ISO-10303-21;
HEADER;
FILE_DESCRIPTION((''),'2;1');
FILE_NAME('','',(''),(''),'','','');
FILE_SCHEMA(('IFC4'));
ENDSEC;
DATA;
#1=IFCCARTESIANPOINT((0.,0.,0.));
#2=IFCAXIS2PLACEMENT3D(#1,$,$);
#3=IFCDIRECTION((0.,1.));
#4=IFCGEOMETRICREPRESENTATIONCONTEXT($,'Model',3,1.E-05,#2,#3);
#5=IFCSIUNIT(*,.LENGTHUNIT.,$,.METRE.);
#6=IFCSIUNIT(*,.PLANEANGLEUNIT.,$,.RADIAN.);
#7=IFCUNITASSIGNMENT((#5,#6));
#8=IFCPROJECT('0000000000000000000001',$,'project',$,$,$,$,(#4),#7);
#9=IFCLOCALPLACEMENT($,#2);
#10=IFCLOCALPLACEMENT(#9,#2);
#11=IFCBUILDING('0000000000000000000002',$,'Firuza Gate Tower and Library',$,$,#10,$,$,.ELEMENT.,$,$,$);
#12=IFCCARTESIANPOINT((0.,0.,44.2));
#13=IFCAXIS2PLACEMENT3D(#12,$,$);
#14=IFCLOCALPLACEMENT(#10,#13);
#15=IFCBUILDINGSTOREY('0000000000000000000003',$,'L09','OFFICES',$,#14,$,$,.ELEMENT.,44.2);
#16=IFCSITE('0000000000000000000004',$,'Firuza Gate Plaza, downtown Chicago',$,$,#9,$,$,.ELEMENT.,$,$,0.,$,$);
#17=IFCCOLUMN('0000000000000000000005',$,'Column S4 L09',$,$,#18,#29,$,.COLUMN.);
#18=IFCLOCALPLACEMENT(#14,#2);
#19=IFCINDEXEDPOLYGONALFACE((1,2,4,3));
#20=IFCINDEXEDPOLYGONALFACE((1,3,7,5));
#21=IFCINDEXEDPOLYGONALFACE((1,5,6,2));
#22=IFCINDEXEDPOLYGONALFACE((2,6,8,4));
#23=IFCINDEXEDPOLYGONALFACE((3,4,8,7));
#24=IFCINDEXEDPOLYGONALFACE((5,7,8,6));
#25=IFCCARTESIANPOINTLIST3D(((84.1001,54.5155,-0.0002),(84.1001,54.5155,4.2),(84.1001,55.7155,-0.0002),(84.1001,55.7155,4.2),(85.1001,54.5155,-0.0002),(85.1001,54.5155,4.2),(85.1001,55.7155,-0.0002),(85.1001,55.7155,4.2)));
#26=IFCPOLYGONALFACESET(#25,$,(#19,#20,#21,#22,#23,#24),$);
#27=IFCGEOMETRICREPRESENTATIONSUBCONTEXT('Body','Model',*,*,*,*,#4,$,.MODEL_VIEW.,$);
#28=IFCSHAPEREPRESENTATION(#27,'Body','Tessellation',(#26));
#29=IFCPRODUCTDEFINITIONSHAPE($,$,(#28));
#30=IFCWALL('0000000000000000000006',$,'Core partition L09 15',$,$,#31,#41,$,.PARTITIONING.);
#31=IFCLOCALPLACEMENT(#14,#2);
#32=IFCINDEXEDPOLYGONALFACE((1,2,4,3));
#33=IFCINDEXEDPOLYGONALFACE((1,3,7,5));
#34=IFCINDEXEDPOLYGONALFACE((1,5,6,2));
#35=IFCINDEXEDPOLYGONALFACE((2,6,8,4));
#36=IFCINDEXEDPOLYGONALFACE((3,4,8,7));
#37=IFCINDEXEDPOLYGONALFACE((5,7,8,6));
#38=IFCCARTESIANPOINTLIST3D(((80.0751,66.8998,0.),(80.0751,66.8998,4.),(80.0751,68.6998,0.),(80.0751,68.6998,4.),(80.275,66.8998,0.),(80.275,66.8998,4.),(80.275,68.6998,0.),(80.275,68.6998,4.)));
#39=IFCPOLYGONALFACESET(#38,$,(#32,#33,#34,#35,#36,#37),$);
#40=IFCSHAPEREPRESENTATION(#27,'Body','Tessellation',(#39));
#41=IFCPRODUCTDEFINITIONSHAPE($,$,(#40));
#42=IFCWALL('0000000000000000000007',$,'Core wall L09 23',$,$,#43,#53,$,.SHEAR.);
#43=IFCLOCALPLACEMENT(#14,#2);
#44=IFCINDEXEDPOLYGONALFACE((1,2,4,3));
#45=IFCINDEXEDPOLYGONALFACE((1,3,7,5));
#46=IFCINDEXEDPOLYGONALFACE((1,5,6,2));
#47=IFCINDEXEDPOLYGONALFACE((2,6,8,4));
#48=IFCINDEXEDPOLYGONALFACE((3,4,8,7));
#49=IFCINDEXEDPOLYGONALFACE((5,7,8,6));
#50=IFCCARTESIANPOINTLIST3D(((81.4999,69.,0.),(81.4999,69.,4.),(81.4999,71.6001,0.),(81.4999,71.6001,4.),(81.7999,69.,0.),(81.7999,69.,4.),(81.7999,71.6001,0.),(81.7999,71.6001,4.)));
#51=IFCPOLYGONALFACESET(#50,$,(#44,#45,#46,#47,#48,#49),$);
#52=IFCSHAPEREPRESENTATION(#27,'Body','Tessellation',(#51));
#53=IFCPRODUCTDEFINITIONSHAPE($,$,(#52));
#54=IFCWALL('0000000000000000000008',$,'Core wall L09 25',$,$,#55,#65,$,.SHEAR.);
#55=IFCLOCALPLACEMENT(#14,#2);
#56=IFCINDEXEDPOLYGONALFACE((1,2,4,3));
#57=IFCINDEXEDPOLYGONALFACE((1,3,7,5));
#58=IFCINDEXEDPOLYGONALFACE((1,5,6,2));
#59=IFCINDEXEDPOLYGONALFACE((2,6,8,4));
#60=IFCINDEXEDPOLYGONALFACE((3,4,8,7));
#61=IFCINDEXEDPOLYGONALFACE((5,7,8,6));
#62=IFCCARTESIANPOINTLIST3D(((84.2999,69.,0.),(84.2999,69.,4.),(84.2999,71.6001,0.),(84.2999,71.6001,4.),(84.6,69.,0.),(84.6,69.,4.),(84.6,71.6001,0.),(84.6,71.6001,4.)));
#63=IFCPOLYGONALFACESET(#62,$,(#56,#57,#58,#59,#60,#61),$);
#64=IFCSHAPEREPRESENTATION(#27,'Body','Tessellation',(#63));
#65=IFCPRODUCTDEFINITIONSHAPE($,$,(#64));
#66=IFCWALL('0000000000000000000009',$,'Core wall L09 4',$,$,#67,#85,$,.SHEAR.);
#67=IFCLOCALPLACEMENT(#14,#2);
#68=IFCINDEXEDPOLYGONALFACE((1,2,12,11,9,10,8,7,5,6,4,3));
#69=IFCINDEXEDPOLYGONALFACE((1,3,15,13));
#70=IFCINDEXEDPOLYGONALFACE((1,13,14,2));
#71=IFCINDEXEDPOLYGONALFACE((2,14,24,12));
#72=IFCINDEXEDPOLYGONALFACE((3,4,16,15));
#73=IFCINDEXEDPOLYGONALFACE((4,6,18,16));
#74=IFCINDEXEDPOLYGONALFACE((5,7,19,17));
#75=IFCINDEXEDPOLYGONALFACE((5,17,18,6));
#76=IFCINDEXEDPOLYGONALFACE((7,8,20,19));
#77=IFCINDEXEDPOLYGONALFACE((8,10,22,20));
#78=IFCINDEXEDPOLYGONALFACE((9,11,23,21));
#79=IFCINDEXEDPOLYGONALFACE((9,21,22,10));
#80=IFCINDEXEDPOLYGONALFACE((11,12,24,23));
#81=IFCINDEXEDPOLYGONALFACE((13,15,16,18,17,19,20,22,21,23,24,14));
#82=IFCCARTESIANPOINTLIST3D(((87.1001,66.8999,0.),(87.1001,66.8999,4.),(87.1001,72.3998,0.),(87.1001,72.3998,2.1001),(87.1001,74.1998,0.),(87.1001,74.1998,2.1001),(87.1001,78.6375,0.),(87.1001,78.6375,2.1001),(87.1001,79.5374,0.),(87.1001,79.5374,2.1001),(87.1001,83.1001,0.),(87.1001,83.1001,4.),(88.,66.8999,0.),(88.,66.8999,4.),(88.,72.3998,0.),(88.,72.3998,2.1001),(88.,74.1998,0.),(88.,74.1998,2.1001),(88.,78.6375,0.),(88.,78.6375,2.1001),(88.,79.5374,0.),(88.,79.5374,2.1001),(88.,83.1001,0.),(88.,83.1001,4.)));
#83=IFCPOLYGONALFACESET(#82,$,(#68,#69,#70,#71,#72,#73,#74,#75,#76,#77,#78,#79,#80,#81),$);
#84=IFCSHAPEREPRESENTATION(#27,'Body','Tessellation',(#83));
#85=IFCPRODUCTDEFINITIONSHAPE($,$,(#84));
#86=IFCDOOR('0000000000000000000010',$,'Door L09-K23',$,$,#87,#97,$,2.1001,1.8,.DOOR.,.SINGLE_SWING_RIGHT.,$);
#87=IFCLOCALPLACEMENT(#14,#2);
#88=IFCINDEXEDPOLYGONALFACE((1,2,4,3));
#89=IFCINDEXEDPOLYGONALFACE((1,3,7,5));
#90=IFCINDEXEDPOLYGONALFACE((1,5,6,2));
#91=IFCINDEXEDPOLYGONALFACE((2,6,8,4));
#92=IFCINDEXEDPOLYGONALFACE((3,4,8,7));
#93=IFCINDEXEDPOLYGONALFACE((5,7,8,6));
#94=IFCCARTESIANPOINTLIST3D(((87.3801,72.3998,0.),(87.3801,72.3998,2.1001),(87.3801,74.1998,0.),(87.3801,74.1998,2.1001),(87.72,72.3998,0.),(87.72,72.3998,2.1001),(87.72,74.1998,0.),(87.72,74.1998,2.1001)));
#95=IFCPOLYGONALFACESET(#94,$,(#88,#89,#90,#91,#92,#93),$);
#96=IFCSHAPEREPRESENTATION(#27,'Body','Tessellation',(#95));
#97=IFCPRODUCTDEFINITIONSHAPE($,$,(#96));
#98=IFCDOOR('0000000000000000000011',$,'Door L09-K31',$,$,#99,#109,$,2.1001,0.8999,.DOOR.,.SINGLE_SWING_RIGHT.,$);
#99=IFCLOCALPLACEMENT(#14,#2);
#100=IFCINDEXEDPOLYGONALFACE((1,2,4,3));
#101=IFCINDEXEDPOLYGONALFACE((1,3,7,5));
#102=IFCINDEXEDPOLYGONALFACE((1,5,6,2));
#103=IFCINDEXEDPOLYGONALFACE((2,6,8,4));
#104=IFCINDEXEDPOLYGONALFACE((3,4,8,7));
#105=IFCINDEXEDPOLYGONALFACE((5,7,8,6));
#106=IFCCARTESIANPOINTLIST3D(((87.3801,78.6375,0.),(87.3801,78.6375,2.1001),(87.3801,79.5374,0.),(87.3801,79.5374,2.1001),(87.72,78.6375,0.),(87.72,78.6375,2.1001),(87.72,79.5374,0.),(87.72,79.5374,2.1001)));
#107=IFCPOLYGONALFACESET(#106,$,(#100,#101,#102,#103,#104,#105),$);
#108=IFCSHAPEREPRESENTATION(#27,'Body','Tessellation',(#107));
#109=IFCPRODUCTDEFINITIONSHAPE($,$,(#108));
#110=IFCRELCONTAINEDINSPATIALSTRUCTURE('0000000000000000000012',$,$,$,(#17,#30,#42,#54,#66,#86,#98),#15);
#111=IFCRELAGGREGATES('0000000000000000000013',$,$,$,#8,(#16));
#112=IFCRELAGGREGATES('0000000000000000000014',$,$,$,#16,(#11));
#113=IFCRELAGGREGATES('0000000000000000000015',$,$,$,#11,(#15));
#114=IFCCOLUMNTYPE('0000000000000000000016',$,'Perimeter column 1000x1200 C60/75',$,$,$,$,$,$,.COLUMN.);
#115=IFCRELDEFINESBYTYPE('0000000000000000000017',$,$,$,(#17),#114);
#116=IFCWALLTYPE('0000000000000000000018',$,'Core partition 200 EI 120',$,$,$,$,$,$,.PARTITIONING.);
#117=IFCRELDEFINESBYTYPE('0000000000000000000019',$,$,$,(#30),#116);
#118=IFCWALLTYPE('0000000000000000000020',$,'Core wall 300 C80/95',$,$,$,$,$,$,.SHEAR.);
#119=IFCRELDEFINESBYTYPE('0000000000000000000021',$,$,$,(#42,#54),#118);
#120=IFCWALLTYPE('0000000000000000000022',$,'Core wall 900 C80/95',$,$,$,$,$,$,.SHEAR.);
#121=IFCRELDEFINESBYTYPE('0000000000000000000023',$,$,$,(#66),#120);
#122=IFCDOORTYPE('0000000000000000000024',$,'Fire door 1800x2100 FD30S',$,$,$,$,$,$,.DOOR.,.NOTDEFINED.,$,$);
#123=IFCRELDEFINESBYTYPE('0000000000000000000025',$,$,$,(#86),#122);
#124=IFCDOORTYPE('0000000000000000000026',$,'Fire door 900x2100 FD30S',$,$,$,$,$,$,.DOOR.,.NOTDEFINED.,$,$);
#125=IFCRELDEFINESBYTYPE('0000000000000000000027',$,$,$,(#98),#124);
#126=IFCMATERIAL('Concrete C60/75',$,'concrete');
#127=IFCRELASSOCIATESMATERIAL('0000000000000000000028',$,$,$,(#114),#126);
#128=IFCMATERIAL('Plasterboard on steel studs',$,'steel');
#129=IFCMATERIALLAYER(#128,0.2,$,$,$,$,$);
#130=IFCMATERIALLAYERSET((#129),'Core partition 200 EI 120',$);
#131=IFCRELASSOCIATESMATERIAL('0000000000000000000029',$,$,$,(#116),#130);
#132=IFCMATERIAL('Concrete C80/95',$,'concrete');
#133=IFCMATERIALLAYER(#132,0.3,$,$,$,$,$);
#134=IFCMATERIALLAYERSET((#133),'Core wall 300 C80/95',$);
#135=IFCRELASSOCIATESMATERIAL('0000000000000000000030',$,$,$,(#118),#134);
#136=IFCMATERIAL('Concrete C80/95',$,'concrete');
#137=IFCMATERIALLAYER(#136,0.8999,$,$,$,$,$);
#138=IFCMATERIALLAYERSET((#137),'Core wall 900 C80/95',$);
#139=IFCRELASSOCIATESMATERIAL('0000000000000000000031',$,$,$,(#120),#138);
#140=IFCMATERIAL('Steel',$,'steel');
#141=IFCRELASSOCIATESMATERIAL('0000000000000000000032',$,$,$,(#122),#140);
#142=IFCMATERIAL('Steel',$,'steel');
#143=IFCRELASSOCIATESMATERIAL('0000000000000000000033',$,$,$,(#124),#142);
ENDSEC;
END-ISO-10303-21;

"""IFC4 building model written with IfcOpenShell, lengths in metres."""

from ifc_helpers import new_model, si_unit, direction, frame, frame_2d, origin, origin_2d, place, context, subcontext, project, spatial, rectangle, extrude, material, layer, layer_set, material_profile, profile_set, type_object, element, fill, save


model = new_model("IFC4")

# Units and contexts
model_context = context("Model", 3, precision=1e-05, world=origin(), true_north=direction((0.0, 1.0)))
body_context = subcontext(model_context, "Body", "Model", "MODEL_VIEW")
ifc_project = project(units=[si_unit("LENGTHUNIT", "METRE"), si_unit("PLANEANGLEUNIT", "RADIAN")], contexts=[model_context])

# Site, building, storey
site_placement = place(None, origin())
site = spatial("IfcSite", under=ifc_project, at=site_placement, Name="Firuza Gate Plaza, downtown Chicago", CompositionType="ELEMENT", RefElevation=0.0)
building_placement = place(site_placement, origin())
building = spatial("IfcBuilding", under=site, at=building_placement, Name="Firuza Gate Tower and Library", CompositionType="ELEMENT")
storey_placement = place(building_placement, frame((0.0, 0.0, 44.2)))
storey = spatial("IfcBuildingStorey", under=building, at=storey_placement, Name="L09", Description="OFFICES", CompositionType="ELEMENT", Elevation=44.2)

# Column
ifc_material_1 = material(Name="Concrete C60/75", Category="concrete")
ifc_material_profile = material_profile(ifc_material_1, rectangle(XDim=1.0, YDim=1.2, at=origin_2d()))
ifc_profile_set = profile_set([ifc_material_profile], Name="Concrete C60/75")
column_type = type_object("IfcColumnType", Name="Perimeter column 1000x1200 C60/75", PredefinedType="COLUMN", material=ifc_profile_set)
column_placement = place(storey_placement, frame((84.6001, 55.1155, -0.0002), z_axis=(0.0, 0.0, 1.0), x_axis=(1.0, 0.0, 0.0)))
element("IfcColumn", 1, at=column_placement, inside=storey, type_object=column_type, Name="Column S4 L09", PredefinedType="COLUMN", context=body_context, shape_type="SweptSolid", body=[
    extrude(rectangle(XDim=1.0, YDim=1.2, at=origin_2d()), origin(), (0.0, 0.0, 1.0), 4.2002),
])

# Walls
ifc_material_2 = material(Name="Plasterboard on steel studs", Category="steel")
ifc_layer_1 = layer(ifc_material_2, 0.2)
ifc_layer_set_1 = layer_set([ifc_layer_1], Name="Core partition 200 EI 120")
wall_type_1 = type_object("IfcWallType", Name="Core partition 200 EI 120", PredefinedType="PARTITIONING", material=ifc_layer_set_1)
wall_1_placement = place(storey_placement, frame((80.175, 66.8999, 0.0), z_axis=(0.0, 0.0, 1.0), x_axis=(0.0, 1.0, 0.0)))
element("IfcWall", 2, at=wall_1_placement, inside=storey, type_object=wall_type_1, Name="Core partition L09 15", PredefinedType="PARTITIONING", context=body_context, shape_type="SweptSolid", body=[
    extrude(rectangle(XDim=1.8, YDim=0.2, at=frame_2d((0.8999, 0.0))), origin(), (0.0, 0.0, 1.0), 4.0),
])
ifc_material_3 = material(Name="Concrete C80/95", Category="concrete")
ifc_layer_2 = layer(ifc_material_3, 0.3)
ifc_layer_set_2 = layer_set([ifc_layer_2], Name="Core wall 300 C80/95")
wall_type_2 = type_object("IfcWallType", Name="Core wall 300 C80/95", PredefinedType="SHEAR", material=ifc_layer_set_2)
for number, where, z_axis, x_axis, name in (
    (3, (81.6499, 69.0, 0.0), (0.0, 0.0, 1.0), (0.0, 1.0, 0.0), "Core wall L09 23"),
    (4, (84.45, 69.0, 0.0), (0.0, 0.0, 1.0), (0.0, 1.0, 0.0), "Core wall L09 25"),
):
    element("IfcWall", number, at=place(storey_placement, frame(where, z_axis=z_axis, x_axis=x_axis)), inside=storey, type_object=wall_type_2, Name=name, PredefinedType="SHEAR", context=body_context, shape_type="SweptSolid", body=[
        extrude(rectangle(XDim=2.6001, YDim=0.3, at=frame_2d((1.3, 0.0))), origin(), (0.0, 0.0, 1.0), 4.0),
    ])

# Wall, openings, doors
ifc_material_4 = material(Name="Concrete C80/95", Category="concrete")
ifc_layer_3 = layer(ifc_material_4, 0.8999)
ifc_layer_set_3 = layer_set([ifc_layer_3], Name="Core wall 900 C80/95")
wall_type_3 = type_object("IfcWallType", Name="Core wall 900 C80/95", PredefinedType="SHEAR", material=ifc_layer_set_3)
wall_2_placement = place(storey_placement, frame((87.55, 66.8999, 0.0), z_axis=(0.0, 0.0, 1.0), x_axis=(0.0, 1.0, 0.0)))
wall_2 = element("IfcWall", 5, at=wall_2_placement, inside=storey, type_object=wall_type_3, Name="Core wall L09 4", PredefinedType="SHEAR", context=body_context, shape_type="SweptSolid", body=[
    extrude(rectangle(XDim=16.2002, YDim=0.8999, at=frame_2d((8.1001, 0.0))), origin(), (0.0, 0.0, 1.0), 4.0),
])
opening_1_placement = place(wall_2_placement, frame((5.5, 0.0, 0.0)))
opening_1 = element("IfcOpeningElement", 6, at=opening_1_placement, cuts=wall_2, PredefinedType="OPENING", context=body_context, shape_type="SweptSolid", body=[
    extrude(rectangle(XDim=1.8, YDim=2.1001, at=frame_2d((0.8999, 1.05))), frame((0.0, 0.46, 0.0), z_axis=(0.0, -1.0, 0.0), x_axis=(1.0, 0.0, 0.0)), (0.0, 0.0, 1.0), 0.9199),
])
opening_2_placement = place(wall_2_placement, frame((11.7375, 0.0, 0.0)))
opening_2 = element("IfcOpeningElement", 7, at=opening_2_placement, cuts=wall_2, PredefinedType="OPENING", context=body_context, shape_type="SweptSolid", body=[
    extrude(rectangle(XDim=0.8999, YDim=2.1001, at=frame_2d((0.45, 1.05))), frame((0.0, 0.46, 0.0), z_axis=(0.0, -1.0, 0.0), x_axis=(1.0, 0.0, 0.0)), (0.0, 0.0, 1.0), 0.9199),
])
ifc_material_5 = material(Name="Steel", Category="steel")
door_type_1 = type_object("IfcDoorType", Name="Fire door 1800x2100 FD30S", OperationType="NOTDEFINED", PredefinedType="DOOR", material=ifc_material_5)
door_1_placement = place(opening_1_placement, origin())
door_1 = element("IfcDoor", 8, at=door_1_placement, inside=storey, type_object=door_type_1, Name="Door L09-K23", OperationType="SINGLE_SWING_RIGHT", OverallHeight=2.1001, OverallWidth=1.8, PredefinedType="DOOR", context=body_context, shape_type="SweptSolid", body=[
    extrude(rectangle(XDim=1.8, YDim=2.1001, at=frame_2d((0.8999, 1.05))), frame((0.0, 0.1699, 0.0), z_axis=(0.0, -1.0, 0.0), x_axis=(1.0, 0.0, 0.0)), (0.0, 0.0, 1.0), 0.3398),
])
fill(opening_1, door_1)
ifc_material_6 = material(Name="Steel", Category="steel")
door_type_2 = type_object("IfcDoorType", Name="Fire door 900x2100 FD30S", OperationType="NOTDEFINED", PredefinedType="DOOR", material=ifc_material_6)
door_2_placement = place(opening_2_placement, origin())
door_2 = element("IfcDoor", 9, at=door_2_placement, inside=storey, type_object=door_type_2, Name="Door L09-K31", OperationType="SINGLE_SWING_RIGHT", OverallHeight=2.1001, OverallWidth=0.8999, PredefinedType="DOOR", context=body_context, shape_type="SweptSolid", body=[
    extrude(rectangle(XDim=0.8999, YDim=2.1001, at=frame_2d((0.45, 1.05))), frame((0.0, 0.1699, 0.0), z_axis=(0.0, -1.0, 0.0), x_axis=(1.0, 0.0, 0.0)), (0.0, 0.0, 1.0), 0.3398),
])
fill(opening_2, door_2)

save(model, "model.ifc")
